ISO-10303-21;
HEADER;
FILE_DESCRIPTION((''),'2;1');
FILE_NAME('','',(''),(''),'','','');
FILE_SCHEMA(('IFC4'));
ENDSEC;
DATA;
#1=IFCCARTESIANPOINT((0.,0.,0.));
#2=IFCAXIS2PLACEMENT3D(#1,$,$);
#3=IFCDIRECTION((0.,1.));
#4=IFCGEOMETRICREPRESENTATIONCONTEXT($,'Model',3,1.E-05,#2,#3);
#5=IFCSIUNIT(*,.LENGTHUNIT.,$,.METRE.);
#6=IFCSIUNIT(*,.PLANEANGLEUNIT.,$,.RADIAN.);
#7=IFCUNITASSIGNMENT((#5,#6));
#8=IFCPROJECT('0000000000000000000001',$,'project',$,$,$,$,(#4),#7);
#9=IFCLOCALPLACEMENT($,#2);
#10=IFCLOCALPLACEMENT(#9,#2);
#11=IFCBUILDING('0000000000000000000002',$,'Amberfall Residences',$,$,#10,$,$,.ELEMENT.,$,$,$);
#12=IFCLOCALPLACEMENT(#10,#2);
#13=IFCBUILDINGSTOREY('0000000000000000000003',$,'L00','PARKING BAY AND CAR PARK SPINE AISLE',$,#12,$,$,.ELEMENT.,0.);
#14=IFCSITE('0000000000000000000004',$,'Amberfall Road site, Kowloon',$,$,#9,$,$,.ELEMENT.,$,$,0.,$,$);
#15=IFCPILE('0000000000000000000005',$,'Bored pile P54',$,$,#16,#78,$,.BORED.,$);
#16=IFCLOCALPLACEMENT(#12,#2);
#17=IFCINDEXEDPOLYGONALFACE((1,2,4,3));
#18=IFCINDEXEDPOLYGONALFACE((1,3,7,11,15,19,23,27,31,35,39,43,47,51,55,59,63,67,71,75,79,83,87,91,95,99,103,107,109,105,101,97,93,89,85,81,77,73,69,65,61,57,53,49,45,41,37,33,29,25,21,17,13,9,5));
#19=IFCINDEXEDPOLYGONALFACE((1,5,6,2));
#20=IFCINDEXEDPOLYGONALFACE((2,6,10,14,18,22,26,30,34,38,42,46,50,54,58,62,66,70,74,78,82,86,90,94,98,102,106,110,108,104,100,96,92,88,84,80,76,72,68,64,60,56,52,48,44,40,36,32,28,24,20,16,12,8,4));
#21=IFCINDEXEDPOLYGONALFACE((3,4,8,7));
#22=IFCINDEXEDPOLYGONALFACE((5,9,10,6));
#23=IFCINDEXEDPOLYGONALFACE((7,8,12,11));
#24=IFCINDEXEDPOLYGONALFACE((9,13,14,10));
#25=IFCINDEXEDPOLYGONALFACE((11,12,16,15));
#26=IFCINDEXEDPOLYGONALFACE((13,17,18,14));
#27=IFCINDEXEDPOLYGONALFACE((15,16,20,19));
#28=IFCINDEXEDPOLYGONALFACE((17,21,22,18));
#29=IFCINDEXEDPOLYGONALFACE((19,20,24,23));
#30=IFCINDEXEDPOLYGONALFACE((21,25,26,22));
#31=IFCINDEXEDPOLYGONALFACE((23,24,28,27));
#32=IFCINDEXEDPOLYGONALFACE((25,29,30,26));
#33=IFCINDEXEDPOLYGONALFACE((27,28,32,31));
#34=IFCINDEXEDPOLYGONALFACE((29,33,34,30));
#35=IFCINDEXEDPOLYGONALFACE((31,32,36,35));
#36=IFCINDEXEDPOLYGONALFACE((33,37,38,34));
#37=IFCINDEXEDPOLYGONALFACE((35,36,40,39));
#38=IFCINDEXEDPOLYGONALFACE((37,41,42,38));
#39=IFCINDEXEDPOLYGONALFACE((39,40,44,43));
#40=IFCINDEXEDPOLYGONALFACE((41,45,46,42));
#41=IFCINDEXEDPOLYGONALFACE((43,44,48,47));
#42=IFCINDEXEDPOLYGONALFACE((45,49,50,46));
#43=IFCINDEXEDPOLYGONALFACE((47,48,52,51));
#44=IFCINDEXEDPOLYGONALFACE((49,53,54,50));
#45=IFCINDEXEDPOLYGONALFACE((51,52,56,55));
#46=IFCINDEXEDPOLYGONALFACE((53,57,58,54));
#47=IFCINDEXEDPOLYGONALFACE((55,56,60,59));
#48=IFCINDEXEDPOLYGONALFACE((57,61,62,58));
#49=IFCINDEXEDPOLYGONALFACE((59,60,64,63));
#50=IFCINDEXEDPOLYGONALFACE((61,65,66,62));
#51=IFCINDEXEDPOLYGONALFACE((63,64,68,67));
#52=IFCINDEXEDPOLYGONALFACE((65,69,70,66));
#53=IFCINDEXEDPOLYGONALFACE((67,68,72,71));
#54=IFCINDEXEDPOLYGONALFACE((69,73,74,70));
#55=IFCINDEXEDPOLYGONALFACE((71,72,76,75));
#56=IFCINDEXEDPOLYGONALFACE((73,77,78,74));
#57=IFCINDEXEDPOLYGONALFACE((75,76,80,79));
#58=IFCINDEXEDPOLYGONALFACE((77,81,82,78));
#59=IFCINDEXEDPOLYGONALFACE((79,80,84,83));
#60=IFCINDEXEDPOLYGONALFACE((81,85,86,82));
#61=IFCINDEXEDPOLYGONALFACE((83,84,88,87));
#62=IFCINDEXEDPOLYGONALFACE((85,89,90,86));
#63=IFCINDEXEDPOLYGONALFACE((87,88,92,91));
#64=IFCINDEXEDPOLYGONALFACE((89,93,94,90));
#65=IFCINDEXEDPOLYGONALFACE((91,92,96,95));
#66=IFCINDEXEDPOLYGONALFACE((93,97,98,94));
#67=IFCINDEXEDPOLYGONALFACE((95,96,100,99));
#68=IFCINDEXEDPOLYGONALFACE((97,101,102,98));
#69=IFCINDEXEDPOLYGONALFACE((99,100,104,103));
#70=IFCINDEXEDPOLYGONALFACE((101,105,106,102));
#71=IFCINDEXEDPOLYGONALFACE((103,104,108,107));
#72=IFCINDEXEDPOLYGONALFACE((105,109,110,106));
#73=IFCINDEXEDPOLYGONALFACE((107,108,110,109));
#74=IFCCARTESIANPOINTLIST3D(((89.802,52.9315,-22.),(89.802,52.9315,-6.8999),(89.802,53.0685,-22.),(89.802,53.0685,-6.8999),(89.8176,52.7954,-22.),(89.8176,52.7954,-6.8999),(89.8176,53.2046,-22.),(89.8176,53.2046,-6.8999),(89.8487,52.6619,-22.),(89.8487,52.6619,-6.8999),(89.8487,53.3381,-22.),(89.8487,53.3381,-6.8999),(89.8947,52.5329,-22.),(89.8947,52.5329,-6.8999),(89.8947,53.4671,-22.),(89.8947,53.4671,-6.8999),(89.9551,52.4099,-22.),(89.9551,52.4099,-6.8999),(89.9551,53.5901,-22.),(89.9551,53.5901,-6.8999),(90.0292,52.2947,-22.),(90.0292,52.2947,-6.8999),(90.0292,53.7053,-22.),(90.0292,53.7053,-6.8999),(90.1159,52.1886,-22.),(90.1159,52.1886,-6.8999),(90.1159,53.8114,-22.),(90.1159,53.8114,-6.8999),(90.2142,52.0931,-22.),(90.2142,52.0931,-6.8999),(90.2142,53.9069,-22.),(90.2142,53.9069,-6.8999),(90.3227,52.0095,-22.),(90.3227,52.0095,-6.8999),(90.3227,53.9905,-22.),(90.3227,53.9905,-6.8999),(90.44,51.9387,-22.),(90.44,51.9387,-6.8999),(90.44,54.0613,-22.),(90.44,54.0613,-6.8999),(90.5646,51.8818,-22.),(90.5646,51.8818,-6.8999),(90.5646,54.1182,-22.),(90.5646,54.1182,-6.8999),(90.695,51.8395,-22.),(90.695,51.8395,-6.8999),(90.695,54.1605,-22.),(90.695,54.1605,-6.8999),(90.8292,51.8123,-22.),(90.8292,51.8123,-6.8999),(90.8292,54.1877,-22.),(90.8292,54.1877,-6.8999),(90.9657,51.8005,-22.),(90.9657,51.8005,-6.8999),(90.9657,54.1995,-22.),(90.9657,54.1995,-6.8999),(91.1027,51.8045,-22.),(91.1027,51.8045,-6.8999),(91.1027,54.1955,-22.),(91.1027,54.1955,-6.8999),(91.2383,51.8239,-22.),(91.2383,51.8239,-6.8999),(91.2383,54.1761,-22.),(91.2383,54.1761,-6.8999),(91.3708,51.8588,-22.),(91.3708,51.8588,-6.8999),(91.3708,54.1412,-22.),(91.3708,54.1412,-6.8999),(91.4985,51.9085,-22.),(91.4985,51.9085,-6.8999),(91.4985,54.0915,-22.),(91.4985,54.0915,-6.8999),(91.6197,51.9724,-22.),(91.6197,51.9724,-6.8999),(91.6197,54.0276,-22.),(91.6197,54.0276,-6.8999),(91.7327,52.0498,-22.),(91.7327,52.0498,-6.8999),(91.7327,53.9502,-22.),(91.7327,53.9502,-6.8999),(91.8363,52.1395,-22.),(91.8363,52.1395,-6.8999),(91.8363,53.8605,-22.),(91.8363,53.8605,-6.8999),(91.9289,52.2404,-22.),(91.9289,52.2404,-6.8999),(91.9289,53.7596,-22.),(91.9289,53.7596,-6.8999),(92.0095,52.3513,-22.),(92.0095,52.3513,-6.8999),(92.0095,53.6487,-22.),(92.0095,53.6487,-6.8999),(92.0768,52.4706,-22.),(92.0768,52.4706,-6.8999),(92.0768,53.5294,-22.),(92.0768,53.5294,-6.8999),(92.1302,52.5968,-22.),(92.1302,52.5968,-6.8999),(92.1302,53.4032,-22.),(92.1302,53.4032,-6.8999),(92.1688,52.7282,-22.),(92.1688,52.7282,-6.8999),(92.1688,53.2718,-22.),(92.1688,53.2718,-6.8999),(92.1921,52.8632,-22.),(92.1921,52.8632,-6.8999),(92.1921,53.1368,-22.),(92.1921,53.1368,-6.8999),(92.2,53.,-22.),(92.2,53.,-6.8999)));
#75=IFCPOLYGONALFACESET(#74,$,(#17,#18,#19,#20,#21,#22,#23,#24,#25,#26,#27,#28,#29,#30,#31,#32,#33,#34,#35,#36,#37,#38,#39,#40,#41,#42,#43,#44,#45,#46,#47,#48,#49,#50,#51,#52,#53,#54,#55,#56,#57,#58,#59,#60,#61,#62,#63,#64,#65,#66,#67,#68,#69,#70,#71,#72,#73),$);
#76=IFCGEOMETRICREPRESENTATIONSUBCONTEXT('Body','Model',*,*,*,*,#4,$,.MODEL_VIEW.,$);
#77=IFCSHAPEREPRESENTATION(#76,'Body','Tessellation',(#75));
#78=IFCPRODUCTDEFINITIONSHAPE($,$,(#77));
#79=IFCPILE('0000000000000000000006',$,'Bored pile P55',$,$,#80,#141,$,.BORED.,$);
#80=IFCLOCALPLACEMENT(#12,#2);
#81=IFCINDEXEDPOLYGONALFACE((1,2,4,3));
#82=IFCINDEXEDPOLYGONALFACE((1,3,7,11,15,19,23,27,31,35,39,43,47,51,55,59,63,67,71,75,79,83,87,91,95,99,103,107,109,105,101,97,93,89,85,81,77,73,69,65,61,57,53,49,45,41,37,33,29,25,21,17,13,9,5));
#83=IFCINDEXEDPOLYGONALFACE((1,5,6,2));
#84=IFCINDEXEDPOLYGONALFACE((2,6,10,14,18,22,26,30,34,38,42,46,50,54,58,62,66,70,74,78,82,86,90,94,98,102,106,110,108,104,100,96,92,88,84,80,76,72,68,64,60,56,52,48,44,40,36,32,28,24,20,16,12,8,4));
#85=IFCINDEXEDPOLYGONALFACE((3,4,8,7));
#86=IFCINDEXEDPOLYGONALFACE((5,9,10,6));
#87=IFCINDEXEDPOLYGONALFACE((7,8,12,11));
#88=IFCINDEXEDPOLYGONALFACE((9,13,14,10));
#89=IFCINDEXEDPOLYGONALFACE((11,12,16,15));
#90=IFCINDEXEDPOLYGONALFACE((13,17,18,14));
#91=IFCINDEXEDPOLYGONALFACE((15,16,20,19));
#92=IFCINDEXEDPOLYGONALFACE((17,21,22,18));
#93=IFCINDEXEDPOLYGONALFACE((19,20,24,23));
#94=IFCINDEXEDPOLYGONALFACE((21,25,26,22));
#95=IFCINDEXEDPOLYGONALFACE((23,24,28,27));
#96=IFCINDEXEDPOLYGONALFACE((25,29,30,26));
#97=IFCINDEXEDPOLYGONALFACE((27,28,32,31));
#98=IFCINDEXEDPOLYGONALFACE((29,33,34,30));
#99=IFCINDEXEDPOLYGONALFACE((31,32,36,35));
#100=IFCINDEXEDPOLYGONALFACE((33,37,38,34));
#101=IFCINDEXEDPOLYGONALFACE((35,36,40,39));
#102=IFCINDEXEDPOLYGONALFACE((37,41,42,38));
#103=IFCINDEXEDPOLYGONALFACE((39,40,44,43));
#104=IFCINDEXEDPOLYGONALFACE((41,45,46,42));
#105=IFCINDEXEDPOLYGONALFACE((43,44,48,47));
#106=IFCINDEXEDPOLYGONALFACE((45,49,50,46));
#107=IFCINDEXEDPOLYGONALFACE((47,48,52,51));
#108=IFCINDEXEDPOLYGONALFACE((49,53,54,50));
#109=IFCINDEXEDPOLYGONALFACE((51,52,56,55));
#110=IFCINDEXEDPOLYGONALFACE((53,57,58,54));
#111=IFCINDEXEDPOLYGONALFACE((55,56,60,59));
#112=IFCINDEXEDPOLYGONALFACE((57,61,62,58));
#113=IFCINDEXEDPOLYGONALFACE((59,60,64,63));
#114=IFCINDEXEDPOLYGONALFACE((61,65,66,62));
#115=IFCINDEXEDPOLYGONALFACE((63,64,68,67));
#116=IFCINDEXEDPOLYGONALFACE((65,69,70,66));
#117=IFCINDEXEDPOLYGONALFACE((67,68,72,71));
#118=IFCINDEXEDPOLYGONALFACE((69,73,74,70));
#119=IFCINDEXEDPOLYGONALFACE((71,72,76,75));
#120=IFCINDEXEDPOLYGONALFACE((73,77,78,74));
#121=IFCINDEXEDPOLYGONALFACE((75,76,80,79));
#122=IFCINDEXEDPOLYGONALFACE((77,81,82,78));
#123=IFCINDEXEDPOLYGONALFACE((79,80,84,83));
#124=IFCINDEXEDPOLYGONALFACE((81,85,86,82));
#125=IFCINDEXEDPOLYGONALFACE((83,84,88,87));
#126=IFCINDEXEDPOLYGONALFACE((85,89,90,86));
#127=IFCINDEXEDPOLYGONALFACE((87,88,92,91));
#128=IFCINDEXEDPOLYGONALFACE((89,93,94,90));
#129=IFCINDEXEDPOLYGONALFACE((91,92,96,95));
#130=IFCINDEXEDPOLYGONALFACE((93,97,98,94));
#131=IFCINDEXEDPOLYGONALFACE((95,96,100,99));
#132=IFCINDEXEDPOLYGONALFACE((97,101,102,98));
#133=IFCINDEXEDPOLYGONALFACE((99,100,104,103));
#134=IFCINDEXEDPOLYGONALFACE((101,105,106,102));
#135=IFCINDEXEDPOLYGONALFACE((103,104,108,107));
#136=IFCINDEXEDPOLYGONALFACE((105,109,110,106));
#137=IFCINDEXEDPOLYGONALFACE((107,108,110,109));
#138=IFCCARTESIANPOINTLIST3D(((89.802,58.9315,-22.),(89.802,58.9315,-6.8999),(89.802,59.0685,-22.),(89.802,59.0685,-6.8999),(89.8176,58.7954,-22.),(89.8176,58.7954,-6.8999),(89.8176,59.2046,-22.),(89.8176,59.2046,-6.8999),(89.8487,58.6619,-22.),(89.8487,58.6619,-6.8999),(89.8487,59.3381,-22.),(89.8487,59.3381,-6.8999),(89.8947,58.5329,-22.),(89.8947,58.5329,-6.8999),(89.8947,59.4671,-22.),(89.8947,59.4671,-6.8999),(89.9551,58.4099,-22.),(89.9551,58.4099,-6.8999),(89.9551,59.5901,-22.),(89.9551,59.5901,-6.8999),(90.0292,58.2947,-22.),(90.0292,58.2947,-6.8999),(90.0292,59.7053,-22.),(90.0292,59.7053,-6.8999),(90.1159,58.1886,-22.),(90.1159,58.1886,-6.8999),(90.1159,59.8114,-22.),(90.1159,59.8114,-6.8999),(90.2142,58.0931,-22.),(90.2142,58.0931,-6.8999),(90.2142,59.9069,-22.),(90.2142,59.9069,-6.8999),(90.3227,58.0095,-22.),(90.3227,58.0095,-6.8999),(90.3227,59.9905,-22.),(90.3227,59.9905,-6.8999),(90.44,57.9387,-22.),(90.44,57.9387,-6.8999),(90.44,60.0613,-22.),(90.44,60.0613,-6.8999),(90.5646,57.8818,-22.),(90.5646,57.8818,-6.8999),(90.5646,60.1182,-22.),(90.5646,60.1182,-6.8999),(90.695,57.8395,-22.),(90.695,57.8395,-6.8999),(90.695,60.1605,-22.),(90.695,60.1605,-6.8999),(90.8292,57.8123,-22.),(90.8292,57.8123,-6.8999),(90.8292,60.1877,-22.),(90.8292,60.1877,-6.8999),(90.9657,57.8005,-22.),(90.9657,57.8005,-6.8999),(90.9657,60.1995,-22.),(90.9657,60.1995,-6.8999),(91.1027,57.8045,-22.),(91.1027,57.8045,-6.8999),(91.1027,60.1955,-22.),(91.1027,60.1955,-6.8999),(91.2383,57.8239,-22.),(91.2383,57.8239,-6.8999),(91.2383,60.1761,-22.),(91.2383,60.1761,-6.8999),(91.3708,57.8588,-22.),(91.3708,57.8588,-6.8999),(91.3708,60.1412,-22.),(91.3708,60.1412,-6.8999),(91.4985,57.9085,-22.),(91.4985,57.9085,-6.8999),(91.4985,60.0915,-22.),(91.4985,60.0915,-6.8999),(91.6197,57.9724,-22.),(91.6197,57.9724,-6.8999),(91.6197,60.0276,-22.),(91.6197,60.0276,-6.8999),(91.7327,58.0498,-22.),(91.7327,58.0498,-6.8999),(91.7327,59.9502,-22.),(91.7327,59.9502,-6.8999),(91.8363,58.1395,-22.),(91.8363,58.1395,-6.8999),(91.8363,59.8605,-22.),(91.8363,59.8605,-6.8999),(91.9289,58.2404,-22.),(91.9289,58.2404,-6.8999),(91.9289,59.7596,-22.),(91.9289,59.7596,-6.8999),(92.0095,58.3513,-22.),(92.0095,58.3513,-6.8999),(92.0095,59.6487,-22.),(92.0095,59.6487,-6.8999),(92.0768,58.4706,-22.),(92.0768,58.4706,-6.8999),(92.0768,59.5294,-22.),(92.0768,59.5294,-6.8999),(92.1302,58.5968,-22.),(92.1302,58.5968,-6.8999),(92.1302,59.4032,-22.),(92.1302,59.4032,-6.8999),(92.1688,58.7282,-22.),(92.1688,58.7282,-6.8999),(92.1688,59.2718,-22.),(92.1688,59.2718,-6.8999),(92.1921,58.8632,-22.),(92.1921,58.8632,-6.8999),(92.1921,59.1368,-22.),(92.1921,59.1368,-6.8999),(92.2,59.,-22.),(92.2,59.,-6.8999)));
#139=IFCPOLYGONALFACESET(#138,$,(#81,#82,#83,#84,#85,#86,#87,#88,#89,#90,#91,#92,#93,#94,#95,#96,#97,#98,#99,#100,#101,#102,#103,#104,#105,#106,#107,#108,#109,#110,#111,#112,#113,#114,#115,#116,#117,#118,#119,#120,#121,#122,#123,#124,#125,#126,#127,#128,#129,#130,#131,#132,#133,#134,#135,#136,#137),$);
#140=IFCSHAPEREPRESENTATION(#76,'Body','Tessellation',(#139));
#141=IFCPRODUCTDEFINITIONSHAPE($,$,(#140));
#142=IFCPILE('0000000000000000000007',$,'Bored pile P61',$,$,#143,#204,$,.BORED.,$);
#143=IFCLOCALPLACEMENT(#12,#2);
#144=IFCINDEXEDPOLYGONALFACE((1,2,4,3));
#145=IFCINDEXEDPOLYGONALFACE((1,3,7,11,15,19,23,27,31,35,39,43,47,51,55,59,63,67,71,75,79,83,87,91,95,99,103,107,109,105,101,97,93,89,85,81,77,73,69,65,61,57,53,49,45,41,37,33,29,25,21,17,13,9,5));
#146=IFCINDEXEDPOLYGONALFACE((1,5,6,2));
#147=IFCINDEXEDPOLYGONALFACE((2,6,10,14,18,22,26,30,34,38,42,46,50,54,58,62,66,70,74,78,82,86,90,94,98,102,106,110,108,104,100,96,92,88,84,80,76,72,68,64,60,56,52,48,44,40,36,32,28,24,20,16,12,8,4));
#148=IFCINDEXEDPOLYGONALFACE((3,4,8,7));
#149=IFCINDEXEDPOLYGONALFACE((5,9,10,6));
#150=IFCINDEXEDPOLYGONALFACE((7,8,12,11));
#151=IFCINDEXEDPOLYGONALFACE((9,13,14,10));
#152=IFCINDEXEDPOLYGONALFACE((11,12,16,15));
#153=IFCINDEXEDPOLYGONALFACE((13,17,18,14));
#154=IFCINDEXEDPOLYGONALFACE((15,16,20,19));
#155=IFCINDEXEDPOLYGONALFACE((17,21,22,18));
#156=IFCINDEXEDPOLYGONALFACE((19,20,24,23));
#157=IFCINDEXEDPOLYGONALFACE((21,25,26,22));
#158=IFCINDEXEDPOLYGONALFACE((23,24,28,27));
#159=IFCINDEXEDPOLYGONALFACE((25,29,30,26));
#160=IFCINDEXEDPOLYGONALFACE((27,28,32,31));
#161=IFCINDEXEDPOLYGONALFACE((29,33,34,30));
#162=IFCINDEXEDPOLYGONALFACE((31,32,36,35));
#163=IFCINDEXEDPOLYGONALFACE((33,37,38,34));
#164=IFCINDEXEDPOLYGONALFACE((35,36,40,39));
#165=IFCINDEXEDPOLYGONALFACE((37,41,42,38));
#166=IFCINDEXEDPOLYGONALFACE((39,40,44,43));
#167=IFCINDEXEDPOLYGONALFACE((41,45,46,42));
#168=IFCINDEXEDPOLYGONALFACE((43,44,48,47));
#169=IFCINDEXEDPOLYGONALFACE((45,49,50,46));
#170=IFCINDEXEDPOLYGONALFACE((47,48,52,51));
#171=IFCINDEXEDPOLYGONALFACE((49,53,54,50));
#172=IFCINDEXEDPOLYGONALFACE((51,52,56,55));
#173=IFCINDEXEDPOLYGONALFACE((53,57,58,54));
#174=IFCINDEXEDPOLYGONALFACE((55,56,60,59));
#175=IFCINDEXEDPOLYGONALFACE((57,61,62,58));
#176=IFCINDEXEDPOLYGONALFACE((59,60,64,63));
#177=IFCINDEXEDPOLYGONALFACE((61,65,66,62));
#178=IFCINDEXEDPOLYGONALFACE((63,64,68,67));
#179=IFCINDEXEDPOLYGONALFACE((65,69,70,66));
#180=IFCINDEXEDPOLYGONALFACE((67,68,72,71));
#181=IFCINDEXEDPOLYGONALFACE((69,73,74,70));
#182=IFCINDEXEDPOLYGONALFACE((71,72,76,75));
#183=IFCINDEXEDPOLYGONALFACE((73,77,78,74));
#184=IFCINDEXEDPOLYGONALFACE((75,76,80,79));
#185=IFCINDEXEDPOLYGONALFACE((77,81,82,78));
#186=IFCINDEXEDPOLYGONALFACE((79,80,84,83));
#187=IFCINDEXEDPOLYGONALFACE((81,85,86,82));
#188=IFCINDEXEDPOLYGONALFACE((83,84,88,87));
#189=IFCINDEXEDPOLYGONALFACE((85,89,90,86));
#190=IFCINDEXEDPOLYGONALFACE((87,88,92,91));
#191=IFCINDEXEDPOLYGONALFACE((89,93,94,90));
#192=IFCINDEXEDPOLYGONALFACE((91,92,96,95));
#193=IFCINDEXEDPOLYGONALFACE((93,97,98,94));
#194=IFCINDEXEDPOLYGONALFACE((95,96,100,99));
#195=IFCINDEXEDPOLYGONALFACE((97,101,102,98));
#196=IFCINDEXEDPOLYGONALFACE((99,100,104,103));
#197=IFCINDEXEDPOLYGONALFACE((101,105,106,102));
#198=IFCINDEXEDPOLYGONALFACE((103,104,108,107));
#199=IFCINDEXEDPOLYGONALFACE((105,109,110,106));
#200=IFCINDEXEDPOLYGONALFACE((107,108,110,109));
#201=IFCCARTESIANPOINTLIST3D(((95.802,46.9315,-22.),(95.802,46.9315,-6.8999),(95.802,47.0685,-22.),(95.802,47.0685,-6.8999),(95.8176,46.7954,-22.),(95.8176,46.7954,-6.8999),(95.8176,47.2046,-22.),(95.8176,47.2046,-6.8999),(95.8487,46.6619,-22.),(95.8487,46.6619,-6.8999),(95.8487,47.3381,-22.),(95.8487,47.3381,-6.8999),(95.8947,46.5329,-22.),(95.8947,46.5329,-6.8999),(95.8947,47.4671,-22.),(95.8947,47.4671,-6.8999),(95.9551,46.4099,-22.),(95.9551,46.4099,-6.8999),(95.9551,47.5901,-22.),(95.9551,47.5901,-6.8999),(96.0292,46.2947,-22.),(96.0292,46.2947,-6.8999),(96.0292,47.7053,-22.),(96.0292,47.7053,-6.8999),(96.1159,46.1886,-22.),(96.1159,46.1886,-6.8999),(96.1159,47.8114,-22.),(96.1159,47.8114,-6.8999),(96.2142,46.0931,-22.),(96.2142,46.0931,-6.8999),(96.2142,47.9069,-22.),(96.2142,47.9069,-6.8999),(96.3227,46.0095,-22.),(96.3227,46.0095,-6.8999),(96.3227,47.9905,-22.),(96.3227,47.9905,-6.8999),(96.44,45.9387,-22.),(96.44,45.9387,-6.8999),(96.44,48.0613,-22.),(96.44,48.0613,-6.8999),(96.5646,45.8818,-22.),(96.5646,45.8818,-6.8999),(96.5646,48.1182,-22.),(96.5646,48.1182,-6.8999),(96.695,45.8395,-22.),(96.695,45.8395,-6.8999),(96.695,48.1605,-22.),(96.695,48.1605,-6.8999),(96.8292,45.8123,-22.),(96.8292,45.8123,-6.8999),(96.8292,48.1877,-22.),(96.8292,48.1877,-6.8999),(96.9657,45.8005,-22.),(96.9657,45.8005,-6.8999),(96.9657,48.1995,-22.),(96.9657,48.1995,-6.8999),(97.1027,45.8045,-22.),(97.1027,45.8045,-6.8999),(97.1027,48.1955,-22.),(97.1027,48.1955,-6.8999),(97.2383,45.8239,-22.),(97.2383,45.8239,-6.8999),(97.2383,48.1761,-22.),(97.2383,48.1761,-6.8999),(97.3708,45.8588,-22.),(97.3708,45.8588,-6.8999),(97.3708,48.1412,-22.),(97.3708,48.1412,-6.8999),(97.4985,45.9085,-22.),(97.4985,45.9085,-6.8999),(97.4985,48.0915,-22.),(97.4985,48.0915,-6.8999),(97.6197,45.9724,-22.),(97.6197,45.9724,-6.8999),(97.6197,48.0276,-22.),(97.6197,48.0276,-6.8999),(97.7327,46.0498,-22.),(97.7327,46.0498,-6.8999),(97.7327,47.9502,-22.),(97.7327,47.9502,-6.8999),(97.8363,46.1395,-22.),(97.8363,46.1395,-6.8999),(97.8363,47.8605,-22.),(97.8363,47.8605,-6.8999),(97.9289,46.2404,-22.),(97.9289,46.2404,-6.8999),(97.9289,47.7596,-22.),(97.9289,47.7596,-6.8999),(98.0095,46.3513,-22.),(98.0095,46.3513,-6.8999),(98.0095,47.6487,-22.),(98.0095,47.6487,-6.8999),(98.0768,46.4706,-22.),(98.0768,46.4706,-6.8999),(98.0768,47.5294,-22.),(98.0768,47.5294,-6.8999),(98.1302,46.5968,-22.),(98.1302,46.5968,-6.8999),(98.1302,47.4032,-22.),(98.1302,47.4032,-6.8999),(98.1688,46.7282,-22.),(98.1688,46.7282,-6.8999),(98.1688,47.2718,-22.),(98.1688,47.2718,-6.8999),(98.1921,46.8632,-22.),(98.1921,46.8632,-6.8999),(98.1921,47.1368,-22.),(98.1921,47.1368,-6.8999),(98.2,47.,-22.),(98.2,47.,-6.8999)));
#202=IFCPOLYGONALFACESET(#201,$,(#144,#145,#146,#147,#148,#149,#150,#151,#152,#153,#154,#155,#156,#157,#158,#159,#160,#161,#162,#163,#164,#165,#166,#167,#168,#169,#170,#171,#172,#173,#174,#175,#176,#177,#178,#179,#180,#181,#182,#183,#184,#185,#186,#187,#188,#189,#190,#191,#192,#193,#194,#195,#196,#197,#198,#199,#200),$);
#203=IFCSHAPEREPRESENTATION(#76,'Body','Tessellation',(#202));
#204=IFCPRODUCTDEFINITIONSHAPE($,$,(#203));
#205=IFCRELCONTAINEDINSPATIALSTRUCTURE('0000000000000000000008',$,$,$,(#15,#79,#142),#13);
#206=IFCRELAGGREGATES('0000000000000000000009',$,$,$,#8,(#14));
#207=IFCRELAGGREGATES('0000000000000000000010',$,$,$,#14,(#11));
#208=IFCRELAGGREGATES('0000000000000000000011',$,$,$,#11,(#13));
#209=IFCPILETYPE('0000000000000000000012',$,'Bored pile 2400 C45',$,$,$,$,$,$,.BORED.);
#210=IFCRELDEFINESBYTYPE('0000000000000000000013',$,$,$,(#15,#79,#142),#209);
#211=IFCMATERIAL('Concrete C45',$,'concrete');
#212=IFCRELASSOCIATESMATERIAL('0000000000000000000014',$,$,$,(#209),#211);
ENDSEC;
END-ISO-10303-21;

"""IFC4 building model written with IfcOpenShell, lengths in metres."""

from ifc_helpers import new_model, si_unit, direction, frame, origin, origin_2d, place, context, subcontext, project, spatial, circle, extrude, material, material_profile, profile_set, type_object, element, save


model = new_model("IFC4")

# Units and contexts
model_context = context("Model", 3, precision=1e-05, world=origin(), true_north=direction((0.0, 1.0)))
body_context = subcontext(model_context, "Body", "Model", "MODEL_VIEW")
ifc_project = project(units=[si_unit("LENGTHUNIT", "METRE"), si_unit("PLANEANGLEUNIT", "RADIAN")], contexts=[model_context])

# Site, building, storey
site_placement = place(None, origin())
site = spatial("IfcSite", under=ifc_project, at=site_placement, Name="Amberfall Road site, Kowloon", CompositionType="ELEMENT", RefElevation=0.0)
building_placement = place(site_placement, origin())
building = spatial("IfcBuilding", under=site, at=building_placement, Name="Amberfall Residences", CompositionType="ELEMENT")
storey_placement = place(building_placement, origin())
storey = spatial("IfcBuildingStorey", under=building, at=storey_placement, Name="L00", Description="PARKING BAY AND CAR PARK SPINE AISLE", CompositionType="ELEMENT", Elevation=0.0)

# Piles
ifc_material_1 = material(Name="Concrete C45", Category="concrete")
ifc_material_profile_1 = material_profile(ifc_material_1, circle(Radius=1.2, at=origin_2d()), Name="Bored pile 2400 C45")
ifc_profile_set_1 = profile_set([ifc_material_profile_1], Name="Concrete C45")
pile_type = type_object("IfcPileType", Name="Bored pile 2400 C45", PredefinedType="BORED", material=ifc_profile_set_1)
for number, where, z_axis, x_axis, name in (
    (1, (91.0, 53.0, -6.8999), (0.0, 0.0, -1.0), (1.0, 0.0, 0.0), "Bored pile P54"),
    (2, (91.0, 59.0, -6.8999), (0.0, 0.0, -1.0), (1.0, 0.0, 0.0), "Bored pile P55"),
    (3, (97.0, 47.0, -6.8999), (0.0, 0.0, -1.0), (1.0, 0.0, 0.0), "Bored pile P61"),
):
    element("IfcPile", number, at=place(storey_placement, frame(where, z_axis=z_axis, x_axis=x_axis)), inside=storey, type_object=pile_type, Name=name, PredefinedType="BORED", context=body_context, shape_type="SweptSolid", body=[
        extrude(circle(Radius=1.2, at=origin_2d()), origin(), (0.0, 0.0, 1.0), 15.1001),
    ])

save(model, "model.ifc")
